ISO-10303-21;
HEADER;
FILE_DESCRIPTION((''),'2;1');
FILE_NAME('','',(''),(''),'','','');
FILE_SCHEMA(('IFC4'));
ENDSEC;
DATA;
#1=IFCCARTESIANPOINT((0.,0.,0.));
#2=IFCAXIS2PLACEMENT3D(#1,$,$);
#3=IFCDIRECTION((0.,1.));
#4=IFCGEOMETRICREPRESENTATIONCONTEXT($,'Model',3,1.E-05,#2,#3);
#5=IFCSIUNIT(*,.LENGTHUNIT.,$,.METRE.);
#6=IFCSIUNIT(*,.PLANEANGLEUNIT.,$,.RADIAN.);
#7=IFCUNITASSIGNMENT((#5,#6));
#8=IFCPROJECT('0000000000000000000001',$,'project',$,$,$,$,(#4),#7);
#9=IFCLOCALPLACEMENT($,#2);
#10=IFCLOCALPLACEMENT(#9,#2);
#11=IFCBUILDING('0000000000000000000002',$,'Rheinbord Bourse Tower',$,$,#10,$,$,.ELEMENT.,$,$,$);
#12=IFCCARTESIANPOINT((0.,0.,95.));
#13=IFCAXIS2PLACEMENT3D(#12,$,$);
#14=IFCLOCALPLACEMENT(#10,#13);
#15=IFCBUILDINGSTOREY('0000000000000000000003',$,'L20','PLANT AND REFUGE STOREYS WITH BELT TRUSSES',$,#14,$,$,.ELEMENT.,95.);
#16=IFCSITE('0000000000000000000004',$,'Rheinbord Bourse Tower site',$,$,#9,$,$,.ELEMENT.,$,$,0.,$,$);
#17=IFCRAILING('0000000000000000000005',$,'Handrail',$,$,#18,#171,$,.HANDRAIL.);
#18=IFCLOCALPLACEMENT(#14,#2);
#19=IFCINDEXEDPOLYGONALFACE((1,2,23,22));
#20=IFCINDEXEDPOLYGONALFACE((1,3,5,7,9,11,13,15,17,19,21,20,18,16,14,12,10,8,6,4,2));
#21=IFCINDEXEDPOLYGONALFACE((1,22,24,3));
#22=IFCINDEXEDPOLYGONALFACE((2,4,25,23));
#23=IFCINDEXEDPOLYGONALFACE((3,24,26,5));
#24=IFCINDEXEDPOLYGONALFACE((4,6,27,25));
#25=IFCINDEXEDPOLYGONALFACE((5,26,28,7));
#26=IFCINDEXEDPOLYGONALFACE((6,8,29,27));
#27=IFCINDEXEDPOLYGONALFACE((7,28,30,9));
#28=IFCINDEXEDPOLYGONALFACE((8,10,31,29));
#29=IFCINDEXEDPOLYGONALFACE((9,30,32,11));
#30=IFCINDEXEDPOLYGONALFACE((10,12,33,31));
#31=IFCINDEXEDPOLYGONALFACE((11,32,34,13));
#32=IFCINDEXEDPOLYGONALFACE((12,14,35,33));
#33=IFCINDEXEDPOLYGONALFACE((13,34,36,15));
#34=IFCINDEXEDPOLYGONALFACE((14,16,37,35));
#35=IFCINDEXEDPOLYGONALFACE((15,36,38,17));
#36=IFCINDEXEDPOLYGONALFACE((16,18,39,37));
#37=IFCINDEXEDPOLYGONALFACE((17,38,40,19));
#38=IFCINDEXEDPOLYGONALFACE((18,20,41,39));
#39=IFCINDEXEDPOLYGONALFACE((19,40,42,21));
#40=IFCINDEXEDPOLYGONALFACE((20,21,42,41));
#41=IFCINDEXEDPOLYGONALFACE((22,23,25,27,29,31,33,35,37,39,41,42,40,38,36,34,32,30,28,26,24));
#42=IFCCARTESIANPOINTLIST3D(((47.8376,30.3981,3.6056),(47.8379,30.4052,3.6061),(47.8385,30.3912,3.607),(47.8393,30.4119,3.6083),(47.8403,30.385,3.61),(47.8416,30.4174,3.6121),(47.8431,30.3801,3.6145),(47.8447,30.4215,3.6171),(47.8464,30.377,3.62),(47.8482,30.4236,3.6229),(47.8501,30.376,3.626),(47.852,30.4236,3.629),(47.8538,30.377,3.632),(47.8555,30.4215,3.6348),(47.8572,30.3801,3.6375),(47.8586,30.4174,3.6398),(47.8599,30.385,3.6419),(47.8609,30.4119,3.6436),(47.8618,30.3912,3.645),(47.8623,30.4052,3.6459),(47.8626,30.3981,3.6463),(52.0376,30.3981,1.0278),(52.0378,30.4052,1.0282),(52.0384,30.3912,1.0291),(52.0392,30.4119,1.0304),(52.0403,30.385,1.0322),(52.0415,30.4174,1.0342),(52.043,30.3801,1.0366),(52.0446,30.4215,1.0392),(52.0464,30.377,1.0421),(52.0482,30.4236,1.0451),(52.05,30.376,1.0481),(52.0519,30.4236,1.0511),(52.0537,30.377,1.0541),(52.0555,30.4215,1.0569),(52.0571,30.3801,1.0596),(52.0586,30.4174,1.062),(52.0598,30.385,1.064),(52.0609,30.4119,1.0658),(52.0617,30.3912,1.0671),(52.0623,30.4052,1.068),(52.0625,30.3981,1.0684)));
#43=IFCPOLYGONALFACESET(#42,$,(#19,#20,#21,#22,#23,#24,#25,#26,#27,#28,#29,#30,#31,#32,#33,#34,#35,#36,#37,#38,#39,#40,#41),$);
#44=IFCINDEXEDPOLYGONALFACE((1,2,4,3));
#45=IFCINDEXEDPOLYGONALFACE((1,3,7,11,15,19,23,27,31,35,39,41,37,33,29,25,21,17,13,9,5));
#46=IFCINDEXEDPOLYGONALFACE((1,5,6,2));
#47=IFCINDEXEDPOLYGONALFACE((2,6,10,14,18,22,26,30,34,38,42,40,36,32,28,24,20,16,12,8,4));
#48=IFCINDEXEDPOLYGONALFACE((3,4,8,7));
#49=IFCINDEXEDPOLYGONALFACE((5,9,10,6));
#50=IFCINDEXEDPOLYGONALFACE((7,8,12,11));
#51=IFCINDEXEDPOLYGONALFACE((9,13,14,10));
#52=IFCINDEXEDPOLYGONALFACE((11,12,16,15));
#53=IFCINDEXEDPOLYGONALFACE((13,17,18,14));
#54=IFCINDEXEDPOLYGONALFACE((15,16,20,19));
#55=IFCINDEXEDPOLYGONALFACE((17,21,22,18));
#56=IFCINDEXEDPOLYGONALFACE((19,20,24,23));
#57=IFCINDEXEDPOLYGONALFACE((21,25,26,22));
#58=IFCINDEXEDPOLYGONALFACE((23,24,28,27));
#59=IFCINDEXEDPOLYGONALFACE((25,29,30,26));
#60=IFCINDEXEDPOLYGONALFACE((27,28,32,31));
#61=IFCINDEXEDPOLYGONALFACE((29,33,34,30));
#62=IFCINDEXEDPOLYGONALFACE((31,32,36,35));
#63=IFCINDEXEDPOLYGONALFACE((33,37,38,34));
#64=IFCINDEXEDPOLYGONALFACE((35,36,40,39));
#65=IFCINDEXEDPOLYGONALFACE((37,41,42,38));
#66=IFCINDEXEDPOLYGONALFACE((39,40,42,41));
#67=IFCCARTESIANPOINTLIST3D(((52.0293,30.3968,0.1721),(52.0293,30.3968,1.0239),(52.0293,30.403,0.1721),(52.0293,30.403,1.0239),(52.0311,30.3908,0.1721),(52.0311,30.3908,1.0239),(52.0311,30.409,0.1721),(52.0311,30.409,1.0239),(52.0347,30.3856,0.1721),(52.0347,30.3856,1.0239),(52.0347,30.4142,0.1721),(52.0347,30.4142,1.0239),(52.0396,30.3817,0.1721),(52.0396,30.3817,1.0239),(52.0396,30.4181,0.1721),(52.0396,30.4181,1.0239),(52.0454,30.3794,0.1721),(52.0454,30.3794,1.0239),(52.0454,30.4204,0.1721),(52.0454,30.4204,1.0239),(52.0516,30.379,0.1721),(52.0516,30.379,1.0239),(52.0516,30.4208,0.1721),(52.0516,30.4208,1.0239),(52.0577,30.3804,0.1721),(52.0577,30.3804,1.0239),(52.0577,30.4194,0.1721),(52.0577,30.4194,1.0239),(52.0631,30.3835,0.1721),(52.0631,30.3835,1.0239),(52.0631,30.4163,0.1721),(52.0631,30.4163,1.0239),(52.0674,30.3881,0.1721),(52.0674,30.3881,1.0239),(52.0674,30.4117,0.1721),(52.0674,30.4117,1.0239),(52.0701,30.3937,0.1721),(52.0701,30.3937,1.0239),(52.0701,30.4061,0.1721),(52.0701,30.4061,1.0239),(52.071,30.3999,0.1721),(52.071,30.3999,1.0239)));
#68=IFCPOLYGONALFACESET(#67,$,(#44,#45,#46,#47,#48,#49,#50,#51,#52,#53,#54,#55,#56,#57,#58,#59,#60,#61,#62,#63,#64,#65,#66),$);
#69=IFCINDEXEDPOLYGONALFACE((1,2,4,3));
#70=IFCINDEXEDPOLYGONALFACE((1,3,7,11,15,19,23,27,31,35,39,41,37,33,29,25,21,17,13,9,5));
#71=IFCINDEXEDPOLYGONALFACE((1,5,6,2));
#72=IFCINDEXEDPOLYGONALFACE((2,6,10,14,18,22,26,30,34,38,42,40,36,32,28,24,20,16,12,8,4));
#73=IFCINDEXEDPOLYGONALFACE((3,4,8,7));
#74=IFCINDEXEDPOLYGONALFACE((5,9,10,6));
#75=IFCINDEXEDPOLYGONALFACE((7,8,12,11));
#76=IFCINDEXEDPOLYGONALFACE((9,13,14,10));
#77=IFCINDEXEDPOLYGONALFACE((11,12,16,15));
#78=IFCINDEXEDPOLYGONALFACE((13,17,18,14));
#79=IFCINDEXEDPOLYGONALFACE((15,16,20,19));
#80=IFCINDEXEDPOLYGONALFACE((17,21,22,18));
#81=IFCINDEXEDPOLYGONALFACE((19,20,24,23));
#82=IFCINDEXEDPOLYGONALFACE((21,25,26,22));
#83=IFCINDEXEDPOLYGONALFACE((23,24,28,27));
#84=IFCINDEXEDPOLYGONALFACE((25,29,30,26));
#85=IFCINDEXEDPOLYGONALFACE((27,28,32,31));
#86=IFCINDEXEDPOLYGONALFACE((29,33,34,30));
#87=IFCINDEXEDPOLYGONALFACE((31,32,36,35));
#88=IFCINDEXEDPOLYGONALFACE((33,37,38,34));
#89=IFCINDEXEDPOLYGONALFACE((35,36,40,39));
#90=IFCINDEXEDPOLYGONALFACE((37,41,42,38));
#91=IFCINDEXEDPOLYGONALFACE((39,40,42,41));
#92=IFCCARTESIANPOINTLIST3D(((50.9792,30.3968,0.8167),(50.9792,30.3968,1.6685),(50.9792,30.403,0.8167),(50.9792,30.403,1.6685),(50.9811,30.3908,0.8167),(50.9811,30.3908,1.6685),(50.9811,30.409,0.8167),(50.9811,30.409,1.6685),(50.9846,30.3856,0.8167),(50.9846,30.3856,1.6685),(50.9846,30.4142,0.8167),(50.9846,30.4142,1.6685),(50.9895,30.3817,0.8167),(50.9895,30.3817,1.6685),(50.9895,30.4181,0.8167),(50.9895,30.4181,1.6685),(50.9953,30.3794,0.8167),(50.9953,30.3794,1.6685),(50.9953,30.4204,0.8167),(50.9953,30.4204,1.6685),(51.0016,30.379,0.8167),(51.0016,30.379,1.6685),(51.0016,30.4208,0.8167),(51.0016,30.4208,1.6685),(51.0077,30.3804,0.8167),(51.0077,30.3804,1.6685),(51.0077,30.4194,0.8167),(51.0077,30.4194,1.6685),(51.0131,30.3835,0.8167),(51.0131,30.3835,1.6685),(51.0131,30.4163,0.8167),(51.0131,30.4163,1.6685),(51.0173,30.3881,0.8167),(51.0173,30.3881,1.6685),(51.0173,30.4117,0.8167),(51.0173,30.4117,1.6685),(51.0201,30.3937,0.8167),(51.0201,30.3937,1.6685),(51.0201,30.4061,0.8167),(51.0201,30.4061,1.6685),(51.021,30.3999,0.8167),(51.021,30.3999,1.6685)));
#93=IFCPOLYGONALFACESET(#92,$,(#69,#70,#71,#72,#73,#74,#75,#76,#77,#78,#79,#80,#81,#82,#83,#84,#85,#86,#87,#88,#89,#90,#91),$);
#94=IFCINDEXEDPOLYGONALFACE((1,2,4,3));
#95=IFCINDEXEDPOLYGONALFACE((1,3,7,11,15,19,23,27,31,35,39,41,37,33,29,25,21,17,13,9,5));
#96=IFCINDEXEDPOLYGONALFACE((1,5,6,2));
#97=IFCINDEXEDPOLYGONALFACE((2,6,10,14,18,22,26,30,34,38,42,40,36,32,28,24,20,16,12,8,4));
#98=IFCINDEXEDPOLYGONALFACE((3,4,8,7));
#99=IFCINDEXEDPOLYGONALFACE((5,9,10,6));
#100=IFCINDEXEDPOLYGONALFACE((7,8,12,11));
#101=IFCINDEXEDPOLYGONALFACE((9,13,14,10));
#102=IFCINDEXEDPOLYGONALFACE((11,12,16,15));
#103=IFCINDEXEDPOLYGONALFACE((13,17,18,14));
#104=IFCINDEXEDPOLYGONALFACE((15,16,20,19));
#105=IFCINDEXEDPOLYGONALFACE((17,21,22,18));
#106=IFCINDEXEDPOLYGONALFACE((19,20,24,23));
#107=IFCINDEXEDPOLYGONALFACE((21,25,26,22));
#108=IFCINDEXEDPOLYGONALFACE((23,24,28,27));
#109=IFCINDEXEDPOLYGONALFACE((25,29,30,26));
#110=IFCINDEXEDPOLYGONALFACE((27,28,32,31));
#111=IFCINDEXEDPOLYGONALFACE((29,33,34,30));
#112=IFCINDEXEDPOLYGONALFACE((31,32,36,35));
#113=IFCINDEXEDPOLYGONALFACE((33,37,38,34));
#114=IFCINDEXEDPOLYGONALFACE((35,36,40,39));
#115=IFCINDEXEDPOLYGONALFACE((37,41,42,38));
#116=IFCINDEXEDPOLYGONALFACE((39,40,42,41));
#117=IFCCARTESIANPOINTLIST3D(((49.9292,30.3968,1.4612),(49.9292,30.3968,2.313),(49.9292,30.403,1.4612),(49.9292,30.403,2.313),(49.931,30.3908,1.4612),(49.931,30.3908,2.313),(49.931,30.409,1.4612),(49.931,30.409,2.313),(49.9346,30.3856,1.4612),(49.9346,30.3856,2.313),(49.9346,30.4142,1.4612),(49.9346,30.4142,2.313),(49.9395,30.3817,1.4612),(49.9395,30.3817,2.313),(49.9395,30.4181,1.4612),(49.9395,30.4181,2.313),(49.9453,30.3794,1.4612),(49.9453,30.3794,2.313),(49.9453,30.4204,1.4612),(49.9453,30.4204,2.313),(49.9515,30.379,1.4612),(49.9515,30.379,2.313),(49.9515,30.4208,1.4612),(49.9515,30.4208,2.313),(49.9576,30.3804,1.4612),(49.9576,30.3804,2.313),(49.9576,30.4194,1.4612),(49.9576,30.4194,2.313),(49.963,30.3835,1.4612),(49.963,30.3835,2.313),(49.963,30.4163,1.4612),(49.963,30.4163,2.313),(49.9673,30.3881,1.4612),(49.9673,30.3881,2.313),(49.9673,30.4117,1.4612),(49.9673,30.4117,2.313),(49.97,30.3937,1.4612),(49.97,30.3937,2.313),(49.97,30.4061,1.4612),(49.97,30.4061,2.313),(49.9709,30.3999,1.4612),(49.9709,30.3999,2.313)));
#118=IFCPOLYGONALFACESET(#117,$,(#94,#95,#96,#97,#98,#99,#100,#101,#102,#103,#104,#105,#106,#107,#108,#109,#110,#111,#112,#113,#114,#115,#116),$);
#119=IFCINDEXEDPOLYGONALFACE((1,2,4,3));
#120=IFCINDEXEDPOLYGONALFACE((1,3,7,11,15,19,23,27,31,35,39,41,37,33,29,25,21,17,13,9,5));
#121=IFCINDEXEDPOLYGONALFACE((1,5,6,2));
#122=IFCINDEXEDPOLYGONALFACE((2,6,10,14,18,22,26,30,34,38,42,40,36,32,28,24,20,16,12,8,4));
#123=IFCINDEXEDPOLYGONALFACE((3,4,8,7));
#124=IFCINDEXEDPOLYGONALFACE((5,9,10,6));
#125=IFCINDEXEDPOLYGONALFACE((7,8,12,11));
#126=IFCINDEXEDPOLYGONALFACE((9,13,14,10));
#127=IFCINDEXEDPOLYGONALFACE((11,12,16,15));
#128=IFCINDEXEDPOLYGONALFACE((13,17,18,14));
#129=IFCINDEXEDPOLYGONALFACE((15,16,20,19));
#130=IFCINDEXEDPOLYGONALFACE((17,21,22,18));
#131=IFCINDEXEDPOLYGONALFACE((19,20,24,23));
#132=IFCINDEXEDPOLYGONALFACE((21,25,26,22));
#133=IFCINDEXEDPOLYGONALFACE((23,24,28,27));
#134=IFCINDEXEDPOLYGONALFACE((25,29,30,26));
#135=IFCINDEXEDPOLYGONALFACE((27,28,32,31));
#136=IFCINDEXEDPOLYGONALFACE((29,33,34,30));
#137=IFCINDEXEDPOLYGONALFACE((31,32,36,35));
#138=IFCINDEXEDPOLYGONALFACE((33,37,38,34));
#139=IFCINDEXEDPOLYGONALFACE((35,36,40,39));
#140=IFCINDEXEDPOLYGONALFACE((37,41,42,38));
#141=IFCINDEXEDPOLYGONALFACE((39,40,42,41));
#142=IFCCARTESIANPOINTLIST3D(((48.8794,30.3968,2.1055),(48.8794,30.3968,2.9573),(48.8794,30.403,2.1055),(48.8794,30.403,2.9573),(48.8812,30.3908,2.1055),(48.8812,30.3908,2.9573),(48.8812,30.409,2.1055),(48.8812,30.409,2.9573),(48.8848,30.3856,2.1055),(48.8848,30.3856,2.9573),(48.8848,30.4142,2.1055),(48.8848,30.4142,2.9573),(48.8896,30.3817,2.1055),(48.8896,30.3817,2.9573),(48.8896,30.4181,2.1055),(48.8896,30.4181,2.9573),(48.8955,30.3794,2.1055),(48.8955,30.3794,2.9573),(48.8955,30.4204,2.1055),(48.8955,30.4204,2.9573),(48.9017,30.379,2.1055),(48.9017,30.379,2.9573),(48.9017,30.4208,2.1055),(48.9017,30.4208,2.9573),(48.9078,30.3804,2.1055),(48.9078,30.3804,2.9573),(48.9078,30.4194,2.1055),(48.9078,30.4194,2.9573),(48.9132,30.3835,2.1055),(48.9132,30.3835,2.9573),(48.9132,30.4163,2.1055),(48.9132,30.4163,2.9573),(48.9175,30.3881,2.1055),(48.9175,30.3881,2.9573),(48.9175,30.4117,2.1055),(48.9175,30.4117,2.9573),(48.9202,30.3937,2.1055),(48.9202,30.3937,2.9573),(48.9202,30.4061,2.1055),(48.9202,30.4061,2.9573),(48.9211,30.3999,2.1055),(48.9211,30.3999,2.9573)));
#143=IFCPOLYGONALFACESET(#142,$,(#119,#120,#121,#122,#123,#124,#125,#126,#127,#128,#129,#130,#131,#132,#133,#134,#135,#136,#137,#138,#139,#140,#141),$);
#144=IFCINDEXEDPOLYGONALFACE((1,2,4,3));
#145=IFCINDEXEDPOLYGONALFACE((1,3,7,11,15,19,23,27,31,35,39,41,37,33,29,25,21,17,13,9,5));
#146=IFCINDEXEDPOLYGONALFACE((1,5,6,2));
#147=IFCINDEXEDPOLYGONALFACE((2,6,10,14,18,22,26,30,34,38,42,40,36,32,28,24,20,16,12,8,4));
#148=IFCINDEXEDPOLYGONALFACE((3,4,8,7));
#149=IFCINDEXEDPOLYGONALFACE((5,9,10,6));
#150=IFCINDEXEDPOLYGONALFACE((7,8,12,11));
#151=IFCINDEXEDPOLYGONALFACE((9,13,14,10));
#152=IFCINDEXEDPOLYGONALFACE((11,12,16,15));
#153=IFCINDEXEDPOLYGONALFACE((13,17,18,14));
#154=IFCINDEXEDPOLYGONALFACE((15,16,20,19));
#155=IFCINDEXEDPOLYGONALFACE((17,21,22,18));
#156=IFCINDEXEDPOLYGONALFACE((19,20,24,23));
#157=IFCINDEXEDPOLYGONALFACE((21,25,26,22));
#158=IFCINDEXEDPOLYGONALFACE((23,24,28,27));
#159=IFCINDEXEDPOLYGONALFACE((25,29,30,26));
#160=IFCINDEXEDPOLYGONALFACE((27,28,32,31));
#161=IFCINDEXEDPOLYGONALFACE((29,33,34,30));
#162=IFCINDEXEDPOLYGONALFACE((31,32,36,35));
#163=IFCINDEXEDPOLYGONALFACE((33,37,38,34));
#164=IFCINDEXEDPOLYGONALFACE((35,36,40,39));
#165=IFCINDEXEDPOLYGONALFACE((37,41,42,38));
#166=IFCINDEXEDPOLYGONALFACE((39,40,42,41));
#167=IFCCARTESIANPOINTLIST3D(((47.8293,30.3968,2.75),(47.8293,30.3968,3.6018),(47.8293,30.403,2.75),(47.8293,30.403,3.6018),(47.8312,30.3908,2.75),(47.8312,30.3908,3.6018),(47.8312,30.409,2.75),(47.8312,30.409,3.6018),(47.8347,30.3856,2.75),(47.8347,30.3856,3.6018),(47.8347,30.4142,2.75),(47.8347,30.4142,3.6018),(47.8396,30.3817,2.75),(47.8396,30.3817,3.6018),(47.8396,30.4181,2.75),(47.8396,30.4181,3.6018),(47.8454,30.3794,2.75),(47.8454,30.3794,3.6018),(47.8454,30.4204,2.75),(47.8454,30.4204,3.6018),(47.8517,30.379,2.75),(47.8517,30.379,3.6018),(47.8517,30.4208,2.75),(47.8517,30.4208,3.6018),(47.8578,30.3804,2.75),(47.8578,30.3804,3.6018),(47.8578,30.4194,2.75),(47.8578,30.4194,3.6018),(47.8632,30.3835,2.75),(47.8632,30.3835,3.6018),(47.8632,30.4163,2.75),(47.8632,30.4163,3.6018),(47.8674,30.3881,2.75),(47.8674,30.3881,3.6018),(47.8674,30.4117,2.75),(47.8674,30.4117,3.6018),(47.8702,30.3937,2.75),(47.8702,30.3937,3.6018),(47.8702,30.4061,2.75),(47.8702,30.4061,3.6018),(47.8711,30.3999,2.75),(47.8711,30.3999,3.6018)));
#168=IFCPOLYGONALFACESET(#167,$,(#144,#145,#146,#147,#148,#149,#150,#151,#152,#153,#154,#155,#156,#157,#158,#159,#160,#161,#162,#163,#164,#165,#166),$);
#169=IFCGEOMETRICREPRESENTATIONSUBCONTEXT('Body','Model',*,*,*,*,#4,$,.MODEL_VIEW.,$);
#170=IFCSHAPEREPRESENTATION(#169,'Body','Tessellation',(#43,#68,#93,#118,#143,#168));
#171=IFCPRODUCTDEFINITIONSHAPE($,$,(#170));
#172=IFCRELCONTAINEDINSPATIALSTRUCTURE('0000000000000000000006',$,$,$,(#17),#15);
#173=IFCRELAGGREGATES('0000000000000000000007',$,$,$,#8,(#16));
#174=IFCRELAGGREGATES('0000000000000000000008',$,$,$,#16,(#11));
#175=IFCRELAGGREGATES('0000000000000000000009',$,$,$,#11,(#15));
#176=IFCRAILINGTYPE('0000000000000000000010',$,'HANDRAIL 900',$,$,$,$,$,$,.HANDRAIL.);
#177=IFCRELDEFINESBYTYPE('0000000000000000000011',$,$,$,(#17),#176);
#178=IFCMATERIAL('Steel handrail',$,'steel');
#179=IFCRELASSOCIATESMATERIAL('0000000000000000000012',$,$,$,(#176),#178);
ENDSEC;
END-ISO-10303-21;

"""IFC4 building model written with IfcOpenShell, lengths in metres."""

from ifc_helpers import new_model, si_unit, direction, frame, origin, origin_2d, place, context, subcontext, project, spatial, circle, extrude, material, type_object, element, save


model = new_model("IFC4")

# Units and contexts
model_context = context("Model", 3, precision=1e-05, world=origin(), true_north=direction((0.0, 1.0)))
body_context = subcontext(model_context, "Body", "Model", "MODEL_VIEW")
ifc_project = project(units=[si_unit("LENGTHUNIT", "METRE"), si_unit("PLANEANGLEUNIT", "RADIAN")], contexts=[model_context])

# Site, building, storey
site_placement = place(None, origin())
site = spatial("IfcSite", under=ifc_project, at=site_placement, Name="Rheinbord Bourse Tower site", CompositionType="ELEMENT", RefElevation=0.0)
building_placement = place(site_placement, origin())
building = spatial("IfcBuilding", under=site, at=building_placement, Name="Rheinbord Bourse Tower", CompositionType="ELEMENT")
storey_placement = place(building_placement, frame((0.0, 0.0, 95.0)))
storey = spatial("IfcBuildingStorey", under=building, at=storey_placement, Name="L20", Description="PLANT AND REFUGE STOREYS WITH BELT TRUSSES", CompositionType="ELEMENT", Elevation=95.0)

# Railing
ifc_material_1 = material(Name="Steel handrail", Category="steel")
railing_type = type_object("IfcRailingType", Name="HANDRAIL 900", PredefinedType="HANDRAIL", material=ifc_material_1)
railing_1_placement = place(storey_placement, frame((52.05, 30.3999, 0.1721)))
element("IfcRailing", 1, at=railing_1_placement, inside=storey, type_object=railing_type, Name="Handrail", PredefinedType="HANDRAIL", context=body_context, shape_type="SweptSolid", body=[
    extrude(circle(Radius=0.0239, at=origin_2d()), frame((0.0, 0.0, 0.876), z_axis=(-0.852265, 0.0, 0.52311), x_axis=(0.0, -1.0, 0.0)), (0.0, 0.0, 1.0), 4.928),
    extrude(circle(Radius=0.021, at=origin_2d()), origin(), (0.0, 0.0, 1.0), 0.8518),
    extrude(circle(Radius=0.021, at=origin_2d()), frame((-1.05, 0.0, 0.6445)), (0.0, 0.0, 1.0), 0.8518),
    extrude(circle(Radius=0.021, at=origin_2d()), frame((-2.1001, 0.0, 1.2891)), (0.0, 0.0, 1.0), 0.8518),
    extrude(circle(Radius=0.021, at=origin_2d()), frame((-3.1499, 0.0, 1.9333)), (0.0, 0.0, 1.0), 0.8518),
    extrude(circle(Radius=0.021, at=origin_2d()), frame((-4.2, 0.0, 2.5779)), (0.0, 0.0, 1.0), 0.8518),
])

save(model, "model.ifc")
